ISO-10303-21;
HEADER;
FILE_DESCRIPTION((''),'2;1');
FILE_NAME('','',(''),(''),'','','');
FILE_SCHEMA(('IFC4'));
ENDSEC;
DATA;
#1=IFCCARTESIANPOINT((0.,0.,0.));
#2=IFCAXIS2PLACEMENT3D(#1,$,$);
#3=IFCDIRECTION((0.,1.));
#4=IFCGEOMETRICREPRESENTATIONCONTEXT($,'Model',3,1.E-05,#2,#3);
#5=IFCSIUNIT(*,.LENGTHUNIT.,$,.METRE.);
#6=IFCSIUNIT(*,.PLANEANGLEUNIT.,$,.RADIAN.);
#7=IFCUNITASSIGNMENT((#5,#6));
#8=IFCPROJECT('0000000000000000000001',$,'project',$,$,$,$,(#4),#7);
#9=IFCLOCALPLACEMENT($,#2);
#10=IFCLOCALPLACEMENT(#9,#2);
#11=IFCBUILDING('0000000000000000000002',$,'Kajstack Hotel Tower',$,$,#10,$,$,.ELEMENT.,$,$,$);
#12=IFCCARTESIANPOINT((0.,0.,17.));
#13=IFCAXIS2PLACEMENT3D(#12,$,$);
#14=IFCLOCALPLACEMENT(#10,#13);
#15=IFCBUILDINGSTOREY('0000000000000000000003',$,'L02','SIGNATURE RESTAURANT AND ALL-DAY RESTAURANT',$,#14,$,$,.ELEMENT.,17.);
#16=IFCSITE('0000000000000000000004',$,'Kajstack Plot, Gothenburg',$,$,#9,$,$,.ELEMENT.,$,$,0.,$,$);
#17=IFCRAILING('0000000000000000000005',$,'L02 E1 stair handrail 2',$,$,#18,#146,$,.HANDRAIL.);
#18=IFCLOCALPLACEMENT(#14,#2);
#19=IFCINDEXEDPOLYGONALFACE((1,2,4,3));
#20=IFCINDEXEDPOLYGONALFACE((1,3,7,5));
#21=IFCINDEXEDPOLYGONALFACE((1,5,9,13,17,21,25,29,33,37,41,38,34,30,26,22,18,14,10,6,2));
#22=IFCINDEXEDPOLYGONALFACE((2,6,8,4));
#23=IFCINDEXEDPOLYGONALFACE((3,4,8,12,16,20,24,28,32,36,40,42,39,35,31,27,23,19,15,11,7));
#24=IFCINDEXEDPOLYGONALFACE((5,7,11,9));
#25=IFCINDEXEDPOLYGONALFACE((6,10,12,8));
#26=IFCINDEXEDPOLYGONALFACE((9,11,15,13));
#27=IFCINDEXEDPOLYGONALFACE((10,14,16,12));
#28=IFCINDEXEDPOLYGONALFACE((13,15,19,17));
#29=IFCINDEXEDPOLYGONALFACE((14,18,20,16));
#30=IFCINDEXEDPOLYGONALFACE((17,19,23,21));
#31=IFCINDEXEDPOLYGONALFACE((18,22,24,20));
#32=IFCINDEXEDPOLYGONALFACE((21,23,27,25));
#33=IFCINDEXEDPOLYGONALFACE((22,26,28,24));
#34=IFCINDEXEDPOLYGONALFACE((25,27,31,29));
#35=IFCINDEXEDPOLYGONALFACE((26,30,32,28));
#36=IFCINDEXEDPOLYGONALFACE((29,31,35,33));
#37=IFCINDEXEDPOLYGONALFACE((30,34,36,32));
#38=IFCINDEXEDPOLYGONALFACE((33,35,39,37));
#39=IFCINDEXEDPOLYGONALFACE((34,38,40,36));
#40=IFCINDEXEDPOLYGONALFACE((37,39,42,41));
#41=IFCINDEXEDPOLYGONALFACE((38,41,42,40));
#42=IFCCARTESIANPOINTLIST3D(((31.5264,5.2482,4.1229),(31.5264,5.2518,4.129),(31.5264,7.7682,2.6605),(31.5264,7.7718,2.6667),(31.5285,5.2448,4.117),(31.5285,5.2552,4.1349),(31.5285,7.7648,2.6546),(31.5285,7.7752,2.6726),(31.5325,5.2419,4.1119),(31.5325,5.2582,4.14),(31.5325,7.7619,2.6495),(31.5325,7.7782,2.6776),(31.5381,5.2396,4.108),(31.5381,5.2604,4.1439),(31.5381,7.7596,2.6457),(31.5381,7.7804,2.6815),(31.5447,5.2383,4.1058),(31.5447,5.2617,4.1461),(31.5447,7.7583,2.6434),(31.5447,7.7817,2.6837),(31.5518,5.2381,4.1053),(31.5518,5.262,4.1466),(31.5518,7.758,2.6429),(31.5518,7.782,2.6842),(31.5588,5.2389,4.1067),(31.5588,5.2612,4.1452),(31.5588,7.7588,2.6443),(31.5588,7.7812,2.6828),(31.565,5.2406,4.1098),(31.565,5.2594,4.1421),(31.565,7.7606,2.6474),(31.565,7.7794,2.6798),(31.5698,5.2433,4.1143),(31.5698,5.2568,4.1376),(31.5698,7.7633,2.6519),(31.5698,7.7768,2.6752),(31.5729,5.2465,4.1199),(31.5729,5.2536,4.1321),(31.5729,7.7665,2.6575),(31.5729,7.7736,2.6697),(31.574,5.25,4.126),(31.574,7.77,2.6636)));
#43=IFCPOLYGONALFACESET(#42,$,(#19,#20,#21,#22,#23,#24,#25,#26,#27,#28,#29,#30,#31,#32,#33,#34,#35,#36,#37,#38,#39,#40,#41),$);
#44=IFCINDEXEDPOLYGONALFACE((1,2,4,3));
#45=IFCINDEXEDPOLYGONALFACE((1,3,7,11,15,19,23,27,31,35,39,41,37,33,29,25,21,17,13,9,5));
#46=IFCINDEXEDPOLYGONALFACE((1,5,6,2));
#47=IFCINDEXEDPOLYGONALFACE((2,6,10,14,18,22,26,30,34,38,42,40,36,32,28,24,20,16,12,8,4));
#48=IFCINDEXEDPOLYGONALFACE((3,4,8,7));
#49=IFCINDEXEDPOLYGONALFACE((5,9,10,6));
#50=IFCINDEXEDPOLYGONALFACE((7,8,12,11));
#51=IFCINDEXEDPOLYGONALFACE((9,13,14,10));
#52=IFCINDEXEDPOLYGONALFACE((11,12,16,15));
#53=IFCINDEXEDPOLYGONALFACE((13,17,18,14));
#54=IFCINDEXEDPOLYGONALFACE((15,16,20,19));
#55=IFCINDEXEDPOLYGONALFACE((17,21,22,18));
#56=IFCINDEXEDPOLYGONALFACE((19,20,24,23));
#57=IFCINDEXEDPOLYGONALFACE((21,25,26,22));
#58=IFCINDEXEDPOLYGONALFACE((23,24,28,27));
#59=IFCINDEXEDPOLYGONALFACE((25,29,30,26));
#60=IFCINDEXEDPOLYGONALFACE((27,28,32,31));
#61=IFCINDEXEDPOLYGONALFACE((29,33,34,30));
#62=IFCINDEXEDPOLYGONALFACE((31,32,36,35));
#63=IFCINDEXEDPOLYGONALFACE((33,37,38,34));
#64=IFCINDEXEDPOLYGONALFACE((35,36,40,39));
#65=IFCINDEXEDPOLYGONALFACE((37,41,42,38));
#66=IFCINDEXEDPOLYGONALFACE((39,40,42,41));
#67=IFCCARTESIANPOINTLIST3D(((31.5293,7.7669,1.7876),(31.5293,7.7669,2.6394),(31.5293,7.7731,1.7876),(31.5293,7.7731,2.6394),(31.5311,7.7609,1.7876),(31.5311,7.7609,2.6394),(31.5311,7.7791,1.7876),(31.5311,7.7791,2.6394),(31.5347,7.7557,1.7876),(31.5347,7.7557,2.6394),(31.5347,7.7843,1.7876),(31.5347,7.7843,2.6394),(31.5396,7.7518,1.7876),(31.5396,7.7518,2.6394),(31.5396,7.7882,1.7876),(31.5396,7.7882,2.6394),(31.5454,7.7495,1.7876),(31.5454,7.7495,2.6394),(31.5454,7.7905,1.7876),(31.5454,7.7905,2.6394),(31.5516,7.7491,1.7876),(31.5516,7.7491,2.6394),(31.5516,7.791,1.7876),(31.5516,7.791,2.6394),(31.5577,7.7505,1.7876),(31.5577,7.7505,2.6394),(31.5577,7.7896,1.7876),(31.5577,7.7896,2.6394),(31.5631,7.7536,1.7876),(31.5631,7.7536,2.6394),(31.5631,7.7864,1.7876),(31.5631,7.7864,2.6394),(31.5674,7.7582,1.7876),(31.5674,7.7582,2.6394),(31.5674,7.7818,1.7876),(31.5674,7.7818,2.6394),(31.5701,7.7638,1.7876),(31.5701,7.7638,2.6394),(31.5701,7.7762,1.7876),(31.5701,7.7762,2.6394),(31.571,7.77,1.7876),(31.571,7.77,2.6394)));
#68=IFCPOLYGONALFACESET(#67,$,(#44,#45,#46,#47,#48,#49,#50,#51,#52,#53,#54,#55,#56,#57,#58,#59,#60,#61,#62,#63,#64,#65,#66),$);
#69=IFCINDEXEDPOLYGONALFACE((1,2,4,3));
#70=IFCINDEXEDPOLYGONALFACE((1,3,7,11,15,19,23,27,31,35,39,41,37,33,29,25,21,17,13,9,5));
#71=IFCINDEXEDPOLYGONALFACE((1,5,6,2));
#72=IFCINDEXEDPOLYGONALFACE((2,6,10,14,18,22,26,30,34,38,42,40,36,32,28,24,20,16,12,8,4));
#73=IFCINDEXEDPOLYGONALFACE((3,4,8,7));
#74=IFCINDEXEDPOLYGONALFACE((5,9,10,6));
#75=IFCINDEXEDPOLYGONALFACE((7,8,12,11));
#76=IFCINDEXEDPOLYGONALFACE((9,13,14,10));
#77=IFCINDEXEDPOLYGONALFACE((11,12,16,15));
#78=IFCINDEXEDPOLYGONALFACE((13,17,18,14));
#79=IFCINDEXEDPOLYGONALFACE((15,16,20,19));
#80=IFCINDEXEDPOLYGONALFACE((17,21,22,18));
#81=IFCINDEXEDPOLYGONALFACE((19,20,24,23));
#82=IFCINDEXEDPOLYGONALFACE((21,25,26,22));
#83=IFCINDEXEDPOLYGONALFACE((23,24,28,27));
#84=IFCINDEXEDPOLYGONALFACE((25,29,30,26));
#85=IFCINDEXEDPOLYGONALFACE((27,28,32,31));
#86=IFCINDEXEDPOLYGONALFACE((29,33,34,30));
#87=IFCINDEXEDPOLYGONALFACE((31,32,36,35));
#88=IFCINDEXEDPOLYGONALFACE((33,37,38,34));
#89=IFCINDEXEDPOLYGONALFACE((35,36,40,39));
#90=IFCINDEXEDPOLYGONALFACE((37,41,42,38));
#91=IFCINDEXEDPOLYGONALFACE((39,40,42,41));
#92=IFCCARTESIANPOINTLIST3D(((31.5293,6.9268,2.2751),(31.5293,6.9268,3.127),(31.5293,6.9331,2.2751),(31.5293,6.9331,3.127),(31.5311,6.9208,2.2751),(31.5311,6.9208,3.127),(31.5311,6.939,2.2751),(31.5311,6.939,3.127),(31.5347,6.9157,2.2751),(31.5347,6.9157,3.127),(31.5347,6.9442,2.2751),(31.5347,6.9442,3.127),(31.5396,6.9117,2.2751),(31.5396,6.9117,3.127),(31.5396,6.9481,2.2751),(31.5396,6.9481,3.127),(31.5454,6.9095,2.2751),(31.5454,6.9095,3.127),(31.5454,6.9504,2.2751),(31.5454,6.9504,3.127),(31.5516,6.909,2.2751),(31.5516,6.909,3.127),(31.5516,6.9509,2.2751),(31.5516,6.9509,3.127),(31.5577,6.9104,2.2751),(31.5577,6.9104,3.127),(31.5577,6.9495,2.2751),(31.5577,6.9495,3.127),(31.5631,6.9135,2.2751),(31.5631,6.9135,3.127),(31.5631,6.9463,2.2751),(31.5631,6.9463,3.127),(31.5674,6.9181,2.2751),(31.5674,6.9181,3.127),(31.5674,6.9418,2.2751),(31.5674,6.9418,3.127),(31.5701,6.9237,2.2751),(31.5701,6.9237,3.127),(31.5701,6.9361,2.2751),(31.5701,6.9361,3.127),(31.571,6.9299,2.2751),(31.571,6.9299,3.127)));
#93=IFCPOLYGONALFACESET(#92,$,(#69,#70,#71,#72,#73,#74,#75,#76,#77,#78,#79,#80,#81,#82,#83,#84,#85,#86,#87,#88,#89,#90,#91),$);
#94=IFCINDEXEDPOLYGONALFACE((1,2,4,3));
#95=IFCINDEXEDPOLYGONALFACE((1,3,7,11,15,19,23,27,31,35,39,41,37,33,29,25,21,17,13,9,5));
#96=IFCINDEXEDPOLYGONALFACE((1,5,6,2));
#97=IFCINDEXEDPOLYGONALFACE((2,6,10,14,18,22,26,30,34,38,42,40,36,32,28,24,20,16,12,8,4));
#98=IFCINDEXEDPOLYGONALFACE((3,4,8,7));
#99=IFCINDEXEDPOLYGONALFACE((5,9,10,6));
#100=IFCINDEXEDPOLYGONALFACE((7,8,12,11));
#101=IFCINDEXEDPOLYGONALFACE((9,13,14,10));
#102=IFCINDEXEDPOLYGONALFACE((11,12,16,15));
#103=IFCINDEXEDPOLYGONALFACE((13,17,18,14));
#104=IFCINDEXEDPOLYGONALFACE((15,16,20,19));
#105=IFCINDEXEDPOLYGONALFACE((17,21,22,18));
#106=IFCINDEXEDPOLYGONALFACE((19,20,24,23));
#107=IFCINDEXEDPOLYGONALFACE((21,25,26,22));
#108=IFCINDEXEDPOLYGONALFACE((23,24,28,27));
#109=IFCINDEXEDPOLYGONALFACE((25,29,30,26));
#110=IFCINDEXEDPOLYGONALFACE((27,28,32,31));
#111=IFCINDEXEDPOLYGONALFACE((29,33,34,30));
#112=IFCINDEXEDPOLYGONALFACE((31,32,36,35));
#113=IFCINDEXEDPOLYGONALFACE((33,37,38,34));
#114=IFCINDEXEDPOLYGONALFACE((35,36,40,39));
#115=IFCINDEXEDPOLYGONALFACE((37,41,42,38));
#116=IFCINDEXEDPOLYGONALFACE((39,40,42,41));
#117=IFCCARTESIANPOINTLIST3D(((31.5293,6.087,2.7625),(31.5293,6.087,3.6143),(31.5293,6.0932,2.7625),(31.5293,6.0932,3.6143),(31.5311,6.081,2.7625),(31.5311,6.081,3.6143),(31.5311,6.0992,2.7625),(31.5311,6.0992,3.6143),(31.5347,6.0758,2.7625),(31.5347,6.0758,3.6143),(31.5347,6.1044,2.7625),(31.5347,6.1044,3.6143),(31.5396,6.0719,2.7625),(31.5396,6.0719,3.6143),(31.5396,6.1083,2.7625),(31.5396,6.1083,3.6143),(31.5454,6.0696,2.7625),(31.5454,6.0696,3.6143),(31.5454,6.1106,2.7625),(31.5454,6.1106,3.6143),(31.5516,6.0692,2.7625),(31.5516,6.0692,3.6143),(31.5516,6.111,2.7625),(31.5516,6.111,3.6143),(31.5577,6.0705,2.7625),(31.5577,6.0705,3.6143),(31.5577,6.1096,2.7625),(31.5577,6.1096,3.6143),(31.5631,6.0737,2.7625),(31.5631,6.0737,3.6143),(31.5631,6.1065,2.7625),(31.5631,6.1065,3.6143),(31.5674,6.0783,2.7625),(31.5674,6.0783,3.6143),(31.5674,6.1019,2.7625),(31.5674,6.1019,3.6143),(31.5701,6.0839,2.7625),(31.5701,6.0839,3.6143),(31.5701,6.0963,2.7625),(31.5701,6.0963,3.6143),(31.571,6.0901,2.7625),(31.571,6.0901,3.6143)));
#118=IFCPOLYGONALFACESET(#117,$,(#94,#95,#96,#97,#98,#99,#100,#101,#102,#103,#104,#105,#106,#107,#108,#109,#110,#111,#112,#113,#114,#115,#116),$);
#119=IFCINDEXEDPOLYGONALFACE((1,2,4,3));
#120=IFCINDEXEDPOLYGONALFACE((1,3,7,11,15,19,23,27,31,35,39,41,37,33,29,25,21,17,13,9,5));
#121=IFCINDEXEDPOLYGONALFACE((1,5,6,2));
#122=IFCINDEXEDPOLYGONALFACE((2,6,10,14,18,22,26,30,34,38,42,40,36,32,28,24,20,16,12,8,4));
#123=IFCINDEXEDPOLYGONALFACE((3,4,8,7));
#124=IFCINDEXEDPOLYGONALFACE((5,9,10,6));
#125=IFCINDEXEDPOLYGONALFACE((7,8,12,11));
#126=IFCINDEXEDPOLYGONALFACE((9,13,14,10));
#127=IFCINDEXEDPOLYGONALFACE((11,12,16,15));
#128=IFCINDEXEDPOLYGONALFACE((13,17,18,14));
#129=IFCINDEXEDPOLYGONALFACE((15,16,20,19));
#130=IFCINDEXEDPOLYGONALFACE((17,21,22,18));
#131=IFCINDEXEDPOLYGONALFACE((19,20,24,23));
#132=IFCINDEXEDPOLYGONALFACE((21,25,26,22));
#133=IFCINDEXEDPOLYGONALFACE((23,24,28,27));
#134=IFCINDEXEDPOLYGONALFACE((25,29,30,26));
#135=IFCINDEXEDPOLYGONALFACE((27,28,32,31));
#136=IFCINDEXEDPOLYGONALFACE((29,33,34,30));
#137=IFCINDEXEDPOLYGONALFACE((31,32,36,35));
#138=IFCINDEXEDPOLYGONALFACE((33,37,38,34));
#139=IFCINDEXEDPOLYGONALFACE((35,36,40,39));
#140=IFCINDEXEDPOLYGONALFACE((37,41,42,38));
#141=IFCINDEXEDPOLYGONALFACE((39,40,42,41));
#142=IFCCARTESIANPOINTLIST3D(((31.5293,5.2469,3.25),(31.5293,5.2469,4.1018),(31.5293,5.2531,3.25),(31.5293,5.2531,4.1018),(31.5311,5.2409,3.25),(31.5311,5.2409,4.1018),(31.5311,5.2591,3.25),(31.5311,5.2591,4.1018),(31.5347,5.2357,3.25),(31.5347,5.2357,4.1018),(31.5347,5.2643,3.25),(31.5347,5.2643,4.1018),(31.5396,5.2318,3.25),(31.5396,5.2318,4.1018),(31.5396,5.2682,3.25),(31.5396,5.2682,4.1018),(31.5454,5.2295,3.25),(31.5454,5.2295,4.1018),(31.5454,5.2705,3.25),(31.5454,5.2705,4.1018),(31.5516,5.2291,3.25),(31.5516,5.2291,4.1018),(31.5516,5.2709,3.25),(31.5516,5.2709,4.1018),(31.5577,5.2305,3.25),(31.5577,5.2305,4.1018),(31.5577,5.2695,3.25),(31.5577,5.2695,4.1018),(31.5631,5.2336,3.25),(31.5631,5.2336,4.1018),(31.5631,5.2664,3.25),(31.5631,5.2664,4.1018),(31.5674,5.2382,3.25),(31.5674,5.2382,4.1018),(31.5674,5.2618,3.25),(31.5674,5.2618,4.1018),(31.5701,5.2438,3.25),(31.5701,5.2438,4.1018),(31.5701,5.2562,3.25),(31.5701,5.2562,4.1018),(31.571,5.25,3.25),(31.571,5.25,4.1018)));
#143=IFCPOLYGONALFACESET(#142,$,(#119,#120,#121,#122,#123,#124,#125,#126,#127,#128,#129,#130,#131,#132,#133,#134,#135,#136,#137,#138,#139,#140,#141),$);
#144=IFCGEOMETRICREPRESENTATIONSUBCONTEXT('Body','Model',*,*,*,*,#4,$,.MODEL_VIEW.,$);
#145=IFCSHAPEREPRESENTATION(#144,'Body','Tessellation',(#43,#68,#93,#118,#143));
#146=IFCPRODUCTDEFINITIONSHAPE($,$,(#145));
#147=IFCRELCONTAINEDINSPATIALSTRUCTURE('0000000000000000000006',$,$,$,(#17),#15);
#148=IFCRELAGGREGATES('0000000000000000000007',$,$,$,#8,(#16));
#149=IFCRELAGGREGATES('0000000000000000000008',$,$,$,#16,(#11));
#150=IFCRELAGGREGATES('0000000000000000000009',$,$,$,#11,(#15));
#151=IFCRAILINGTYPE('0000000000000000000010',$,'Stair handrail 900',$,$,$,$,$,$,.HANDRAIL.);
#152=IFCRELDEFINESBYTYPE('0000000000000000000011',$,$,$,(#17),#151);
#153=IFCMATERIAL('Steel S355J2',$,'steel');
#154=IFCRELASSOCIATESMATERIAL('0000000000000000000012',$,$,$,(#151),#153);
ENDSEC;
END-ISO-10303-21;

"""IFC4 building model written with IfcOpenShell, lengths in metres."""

from ifc_helpers import new_model, si_unit, direction, frame, origin, origin_2d, place, context, subcontext, project, spatial, circle, extrude, material, type_object, element, save


model = new_model("IFC4")

# Units and contexts
model_context = context("Model", 3, precision=1e-05, world=origin(), true_north=direction((0.0, 1.0)))
body_context = subcontext(model_context, "Body", "Model", "MODEL_VIEW")
ifc_project = project(units=[si_unit("LENGTHUNIT", "METRE"), si_unit("PLANEANGLEUNIT", "RADIAN")], contexts=[model_context])

# Site, building, storey
site_placement = place(None, origin())
site = spatial("IfcSite", under=ifc_project, at=site_placement, Name="Kajstack Plot, Gothenburg", CompositionType="ELEMENT", RefElevation=0.0)
building_placement = place(site_placement, origin())
building = spatial("IfcBuilding", under=site, at=building_placement, Name="Kajstack Hotel Tower", CompositionType="ELEMENT")
storey_placement = place(building_placement, frame((0.0, 0.0, 17.0)))
storey = spatial("IfcBuildingStorey", under=building, at=storey_placement, Name="L02", Description="SIGNATURE RESTAURANT AND ALL-DAY RESTAURANT", CompositionType="ELEMENT", Elevation=17.0)

# Railing
ifc_material_1 = material(Name="Steel S355J2", Category="steel")
railing_type_1 = type_object("IfcRailingType", Name="Stair handrail 900", PredefinedType="HANDRAIL", material=ifc_material_1)
railing_1_placement = place(storey_placement, frame((31.55, 7.77, 1.7876)))
element("IfcRailing", 1, at=railing_1_placement, inside=storey, type_object=railing_type_1, Name="L02 E1 stair handrail 2", PredefinedType="HANDRAIL", context=body_context, shape_type="SweptSolid", body=[
    extrude(circle(Radius=0.0239, at=origin_2d()), frame((0.0, 0.0, 0.876), z_axis=(0.0, -0.864913, 0.501921), x_axis=(1.0, 0.0, 0.0)), (0.0, 0.0, 1.0), 2.9136),
    extrude(circle(Radius=0.021, at=origin_2d()), origin(), (0.0, 0.0, 1.0), 0.8518),
    extrude(circle(Radius=0.021, at=origin_2d()), frame((0.0, -0.8401, 0.4875)), (0.0, 0.0, 1.0), 0.8518),
    extrude(circle(Radius=0.021, at=origin_2d()), frame((0.0, -1.6799, 0.9749)), (0.0, 0.0, 1.0), 0.8518),
    extrude(circle(Radius=0.021, at=origin_2d()), frame((0.0, -2.52, 1.4624)), (0.0, 0.0, 1.0), 0.8518),
])

save(model, "model.ifc")
